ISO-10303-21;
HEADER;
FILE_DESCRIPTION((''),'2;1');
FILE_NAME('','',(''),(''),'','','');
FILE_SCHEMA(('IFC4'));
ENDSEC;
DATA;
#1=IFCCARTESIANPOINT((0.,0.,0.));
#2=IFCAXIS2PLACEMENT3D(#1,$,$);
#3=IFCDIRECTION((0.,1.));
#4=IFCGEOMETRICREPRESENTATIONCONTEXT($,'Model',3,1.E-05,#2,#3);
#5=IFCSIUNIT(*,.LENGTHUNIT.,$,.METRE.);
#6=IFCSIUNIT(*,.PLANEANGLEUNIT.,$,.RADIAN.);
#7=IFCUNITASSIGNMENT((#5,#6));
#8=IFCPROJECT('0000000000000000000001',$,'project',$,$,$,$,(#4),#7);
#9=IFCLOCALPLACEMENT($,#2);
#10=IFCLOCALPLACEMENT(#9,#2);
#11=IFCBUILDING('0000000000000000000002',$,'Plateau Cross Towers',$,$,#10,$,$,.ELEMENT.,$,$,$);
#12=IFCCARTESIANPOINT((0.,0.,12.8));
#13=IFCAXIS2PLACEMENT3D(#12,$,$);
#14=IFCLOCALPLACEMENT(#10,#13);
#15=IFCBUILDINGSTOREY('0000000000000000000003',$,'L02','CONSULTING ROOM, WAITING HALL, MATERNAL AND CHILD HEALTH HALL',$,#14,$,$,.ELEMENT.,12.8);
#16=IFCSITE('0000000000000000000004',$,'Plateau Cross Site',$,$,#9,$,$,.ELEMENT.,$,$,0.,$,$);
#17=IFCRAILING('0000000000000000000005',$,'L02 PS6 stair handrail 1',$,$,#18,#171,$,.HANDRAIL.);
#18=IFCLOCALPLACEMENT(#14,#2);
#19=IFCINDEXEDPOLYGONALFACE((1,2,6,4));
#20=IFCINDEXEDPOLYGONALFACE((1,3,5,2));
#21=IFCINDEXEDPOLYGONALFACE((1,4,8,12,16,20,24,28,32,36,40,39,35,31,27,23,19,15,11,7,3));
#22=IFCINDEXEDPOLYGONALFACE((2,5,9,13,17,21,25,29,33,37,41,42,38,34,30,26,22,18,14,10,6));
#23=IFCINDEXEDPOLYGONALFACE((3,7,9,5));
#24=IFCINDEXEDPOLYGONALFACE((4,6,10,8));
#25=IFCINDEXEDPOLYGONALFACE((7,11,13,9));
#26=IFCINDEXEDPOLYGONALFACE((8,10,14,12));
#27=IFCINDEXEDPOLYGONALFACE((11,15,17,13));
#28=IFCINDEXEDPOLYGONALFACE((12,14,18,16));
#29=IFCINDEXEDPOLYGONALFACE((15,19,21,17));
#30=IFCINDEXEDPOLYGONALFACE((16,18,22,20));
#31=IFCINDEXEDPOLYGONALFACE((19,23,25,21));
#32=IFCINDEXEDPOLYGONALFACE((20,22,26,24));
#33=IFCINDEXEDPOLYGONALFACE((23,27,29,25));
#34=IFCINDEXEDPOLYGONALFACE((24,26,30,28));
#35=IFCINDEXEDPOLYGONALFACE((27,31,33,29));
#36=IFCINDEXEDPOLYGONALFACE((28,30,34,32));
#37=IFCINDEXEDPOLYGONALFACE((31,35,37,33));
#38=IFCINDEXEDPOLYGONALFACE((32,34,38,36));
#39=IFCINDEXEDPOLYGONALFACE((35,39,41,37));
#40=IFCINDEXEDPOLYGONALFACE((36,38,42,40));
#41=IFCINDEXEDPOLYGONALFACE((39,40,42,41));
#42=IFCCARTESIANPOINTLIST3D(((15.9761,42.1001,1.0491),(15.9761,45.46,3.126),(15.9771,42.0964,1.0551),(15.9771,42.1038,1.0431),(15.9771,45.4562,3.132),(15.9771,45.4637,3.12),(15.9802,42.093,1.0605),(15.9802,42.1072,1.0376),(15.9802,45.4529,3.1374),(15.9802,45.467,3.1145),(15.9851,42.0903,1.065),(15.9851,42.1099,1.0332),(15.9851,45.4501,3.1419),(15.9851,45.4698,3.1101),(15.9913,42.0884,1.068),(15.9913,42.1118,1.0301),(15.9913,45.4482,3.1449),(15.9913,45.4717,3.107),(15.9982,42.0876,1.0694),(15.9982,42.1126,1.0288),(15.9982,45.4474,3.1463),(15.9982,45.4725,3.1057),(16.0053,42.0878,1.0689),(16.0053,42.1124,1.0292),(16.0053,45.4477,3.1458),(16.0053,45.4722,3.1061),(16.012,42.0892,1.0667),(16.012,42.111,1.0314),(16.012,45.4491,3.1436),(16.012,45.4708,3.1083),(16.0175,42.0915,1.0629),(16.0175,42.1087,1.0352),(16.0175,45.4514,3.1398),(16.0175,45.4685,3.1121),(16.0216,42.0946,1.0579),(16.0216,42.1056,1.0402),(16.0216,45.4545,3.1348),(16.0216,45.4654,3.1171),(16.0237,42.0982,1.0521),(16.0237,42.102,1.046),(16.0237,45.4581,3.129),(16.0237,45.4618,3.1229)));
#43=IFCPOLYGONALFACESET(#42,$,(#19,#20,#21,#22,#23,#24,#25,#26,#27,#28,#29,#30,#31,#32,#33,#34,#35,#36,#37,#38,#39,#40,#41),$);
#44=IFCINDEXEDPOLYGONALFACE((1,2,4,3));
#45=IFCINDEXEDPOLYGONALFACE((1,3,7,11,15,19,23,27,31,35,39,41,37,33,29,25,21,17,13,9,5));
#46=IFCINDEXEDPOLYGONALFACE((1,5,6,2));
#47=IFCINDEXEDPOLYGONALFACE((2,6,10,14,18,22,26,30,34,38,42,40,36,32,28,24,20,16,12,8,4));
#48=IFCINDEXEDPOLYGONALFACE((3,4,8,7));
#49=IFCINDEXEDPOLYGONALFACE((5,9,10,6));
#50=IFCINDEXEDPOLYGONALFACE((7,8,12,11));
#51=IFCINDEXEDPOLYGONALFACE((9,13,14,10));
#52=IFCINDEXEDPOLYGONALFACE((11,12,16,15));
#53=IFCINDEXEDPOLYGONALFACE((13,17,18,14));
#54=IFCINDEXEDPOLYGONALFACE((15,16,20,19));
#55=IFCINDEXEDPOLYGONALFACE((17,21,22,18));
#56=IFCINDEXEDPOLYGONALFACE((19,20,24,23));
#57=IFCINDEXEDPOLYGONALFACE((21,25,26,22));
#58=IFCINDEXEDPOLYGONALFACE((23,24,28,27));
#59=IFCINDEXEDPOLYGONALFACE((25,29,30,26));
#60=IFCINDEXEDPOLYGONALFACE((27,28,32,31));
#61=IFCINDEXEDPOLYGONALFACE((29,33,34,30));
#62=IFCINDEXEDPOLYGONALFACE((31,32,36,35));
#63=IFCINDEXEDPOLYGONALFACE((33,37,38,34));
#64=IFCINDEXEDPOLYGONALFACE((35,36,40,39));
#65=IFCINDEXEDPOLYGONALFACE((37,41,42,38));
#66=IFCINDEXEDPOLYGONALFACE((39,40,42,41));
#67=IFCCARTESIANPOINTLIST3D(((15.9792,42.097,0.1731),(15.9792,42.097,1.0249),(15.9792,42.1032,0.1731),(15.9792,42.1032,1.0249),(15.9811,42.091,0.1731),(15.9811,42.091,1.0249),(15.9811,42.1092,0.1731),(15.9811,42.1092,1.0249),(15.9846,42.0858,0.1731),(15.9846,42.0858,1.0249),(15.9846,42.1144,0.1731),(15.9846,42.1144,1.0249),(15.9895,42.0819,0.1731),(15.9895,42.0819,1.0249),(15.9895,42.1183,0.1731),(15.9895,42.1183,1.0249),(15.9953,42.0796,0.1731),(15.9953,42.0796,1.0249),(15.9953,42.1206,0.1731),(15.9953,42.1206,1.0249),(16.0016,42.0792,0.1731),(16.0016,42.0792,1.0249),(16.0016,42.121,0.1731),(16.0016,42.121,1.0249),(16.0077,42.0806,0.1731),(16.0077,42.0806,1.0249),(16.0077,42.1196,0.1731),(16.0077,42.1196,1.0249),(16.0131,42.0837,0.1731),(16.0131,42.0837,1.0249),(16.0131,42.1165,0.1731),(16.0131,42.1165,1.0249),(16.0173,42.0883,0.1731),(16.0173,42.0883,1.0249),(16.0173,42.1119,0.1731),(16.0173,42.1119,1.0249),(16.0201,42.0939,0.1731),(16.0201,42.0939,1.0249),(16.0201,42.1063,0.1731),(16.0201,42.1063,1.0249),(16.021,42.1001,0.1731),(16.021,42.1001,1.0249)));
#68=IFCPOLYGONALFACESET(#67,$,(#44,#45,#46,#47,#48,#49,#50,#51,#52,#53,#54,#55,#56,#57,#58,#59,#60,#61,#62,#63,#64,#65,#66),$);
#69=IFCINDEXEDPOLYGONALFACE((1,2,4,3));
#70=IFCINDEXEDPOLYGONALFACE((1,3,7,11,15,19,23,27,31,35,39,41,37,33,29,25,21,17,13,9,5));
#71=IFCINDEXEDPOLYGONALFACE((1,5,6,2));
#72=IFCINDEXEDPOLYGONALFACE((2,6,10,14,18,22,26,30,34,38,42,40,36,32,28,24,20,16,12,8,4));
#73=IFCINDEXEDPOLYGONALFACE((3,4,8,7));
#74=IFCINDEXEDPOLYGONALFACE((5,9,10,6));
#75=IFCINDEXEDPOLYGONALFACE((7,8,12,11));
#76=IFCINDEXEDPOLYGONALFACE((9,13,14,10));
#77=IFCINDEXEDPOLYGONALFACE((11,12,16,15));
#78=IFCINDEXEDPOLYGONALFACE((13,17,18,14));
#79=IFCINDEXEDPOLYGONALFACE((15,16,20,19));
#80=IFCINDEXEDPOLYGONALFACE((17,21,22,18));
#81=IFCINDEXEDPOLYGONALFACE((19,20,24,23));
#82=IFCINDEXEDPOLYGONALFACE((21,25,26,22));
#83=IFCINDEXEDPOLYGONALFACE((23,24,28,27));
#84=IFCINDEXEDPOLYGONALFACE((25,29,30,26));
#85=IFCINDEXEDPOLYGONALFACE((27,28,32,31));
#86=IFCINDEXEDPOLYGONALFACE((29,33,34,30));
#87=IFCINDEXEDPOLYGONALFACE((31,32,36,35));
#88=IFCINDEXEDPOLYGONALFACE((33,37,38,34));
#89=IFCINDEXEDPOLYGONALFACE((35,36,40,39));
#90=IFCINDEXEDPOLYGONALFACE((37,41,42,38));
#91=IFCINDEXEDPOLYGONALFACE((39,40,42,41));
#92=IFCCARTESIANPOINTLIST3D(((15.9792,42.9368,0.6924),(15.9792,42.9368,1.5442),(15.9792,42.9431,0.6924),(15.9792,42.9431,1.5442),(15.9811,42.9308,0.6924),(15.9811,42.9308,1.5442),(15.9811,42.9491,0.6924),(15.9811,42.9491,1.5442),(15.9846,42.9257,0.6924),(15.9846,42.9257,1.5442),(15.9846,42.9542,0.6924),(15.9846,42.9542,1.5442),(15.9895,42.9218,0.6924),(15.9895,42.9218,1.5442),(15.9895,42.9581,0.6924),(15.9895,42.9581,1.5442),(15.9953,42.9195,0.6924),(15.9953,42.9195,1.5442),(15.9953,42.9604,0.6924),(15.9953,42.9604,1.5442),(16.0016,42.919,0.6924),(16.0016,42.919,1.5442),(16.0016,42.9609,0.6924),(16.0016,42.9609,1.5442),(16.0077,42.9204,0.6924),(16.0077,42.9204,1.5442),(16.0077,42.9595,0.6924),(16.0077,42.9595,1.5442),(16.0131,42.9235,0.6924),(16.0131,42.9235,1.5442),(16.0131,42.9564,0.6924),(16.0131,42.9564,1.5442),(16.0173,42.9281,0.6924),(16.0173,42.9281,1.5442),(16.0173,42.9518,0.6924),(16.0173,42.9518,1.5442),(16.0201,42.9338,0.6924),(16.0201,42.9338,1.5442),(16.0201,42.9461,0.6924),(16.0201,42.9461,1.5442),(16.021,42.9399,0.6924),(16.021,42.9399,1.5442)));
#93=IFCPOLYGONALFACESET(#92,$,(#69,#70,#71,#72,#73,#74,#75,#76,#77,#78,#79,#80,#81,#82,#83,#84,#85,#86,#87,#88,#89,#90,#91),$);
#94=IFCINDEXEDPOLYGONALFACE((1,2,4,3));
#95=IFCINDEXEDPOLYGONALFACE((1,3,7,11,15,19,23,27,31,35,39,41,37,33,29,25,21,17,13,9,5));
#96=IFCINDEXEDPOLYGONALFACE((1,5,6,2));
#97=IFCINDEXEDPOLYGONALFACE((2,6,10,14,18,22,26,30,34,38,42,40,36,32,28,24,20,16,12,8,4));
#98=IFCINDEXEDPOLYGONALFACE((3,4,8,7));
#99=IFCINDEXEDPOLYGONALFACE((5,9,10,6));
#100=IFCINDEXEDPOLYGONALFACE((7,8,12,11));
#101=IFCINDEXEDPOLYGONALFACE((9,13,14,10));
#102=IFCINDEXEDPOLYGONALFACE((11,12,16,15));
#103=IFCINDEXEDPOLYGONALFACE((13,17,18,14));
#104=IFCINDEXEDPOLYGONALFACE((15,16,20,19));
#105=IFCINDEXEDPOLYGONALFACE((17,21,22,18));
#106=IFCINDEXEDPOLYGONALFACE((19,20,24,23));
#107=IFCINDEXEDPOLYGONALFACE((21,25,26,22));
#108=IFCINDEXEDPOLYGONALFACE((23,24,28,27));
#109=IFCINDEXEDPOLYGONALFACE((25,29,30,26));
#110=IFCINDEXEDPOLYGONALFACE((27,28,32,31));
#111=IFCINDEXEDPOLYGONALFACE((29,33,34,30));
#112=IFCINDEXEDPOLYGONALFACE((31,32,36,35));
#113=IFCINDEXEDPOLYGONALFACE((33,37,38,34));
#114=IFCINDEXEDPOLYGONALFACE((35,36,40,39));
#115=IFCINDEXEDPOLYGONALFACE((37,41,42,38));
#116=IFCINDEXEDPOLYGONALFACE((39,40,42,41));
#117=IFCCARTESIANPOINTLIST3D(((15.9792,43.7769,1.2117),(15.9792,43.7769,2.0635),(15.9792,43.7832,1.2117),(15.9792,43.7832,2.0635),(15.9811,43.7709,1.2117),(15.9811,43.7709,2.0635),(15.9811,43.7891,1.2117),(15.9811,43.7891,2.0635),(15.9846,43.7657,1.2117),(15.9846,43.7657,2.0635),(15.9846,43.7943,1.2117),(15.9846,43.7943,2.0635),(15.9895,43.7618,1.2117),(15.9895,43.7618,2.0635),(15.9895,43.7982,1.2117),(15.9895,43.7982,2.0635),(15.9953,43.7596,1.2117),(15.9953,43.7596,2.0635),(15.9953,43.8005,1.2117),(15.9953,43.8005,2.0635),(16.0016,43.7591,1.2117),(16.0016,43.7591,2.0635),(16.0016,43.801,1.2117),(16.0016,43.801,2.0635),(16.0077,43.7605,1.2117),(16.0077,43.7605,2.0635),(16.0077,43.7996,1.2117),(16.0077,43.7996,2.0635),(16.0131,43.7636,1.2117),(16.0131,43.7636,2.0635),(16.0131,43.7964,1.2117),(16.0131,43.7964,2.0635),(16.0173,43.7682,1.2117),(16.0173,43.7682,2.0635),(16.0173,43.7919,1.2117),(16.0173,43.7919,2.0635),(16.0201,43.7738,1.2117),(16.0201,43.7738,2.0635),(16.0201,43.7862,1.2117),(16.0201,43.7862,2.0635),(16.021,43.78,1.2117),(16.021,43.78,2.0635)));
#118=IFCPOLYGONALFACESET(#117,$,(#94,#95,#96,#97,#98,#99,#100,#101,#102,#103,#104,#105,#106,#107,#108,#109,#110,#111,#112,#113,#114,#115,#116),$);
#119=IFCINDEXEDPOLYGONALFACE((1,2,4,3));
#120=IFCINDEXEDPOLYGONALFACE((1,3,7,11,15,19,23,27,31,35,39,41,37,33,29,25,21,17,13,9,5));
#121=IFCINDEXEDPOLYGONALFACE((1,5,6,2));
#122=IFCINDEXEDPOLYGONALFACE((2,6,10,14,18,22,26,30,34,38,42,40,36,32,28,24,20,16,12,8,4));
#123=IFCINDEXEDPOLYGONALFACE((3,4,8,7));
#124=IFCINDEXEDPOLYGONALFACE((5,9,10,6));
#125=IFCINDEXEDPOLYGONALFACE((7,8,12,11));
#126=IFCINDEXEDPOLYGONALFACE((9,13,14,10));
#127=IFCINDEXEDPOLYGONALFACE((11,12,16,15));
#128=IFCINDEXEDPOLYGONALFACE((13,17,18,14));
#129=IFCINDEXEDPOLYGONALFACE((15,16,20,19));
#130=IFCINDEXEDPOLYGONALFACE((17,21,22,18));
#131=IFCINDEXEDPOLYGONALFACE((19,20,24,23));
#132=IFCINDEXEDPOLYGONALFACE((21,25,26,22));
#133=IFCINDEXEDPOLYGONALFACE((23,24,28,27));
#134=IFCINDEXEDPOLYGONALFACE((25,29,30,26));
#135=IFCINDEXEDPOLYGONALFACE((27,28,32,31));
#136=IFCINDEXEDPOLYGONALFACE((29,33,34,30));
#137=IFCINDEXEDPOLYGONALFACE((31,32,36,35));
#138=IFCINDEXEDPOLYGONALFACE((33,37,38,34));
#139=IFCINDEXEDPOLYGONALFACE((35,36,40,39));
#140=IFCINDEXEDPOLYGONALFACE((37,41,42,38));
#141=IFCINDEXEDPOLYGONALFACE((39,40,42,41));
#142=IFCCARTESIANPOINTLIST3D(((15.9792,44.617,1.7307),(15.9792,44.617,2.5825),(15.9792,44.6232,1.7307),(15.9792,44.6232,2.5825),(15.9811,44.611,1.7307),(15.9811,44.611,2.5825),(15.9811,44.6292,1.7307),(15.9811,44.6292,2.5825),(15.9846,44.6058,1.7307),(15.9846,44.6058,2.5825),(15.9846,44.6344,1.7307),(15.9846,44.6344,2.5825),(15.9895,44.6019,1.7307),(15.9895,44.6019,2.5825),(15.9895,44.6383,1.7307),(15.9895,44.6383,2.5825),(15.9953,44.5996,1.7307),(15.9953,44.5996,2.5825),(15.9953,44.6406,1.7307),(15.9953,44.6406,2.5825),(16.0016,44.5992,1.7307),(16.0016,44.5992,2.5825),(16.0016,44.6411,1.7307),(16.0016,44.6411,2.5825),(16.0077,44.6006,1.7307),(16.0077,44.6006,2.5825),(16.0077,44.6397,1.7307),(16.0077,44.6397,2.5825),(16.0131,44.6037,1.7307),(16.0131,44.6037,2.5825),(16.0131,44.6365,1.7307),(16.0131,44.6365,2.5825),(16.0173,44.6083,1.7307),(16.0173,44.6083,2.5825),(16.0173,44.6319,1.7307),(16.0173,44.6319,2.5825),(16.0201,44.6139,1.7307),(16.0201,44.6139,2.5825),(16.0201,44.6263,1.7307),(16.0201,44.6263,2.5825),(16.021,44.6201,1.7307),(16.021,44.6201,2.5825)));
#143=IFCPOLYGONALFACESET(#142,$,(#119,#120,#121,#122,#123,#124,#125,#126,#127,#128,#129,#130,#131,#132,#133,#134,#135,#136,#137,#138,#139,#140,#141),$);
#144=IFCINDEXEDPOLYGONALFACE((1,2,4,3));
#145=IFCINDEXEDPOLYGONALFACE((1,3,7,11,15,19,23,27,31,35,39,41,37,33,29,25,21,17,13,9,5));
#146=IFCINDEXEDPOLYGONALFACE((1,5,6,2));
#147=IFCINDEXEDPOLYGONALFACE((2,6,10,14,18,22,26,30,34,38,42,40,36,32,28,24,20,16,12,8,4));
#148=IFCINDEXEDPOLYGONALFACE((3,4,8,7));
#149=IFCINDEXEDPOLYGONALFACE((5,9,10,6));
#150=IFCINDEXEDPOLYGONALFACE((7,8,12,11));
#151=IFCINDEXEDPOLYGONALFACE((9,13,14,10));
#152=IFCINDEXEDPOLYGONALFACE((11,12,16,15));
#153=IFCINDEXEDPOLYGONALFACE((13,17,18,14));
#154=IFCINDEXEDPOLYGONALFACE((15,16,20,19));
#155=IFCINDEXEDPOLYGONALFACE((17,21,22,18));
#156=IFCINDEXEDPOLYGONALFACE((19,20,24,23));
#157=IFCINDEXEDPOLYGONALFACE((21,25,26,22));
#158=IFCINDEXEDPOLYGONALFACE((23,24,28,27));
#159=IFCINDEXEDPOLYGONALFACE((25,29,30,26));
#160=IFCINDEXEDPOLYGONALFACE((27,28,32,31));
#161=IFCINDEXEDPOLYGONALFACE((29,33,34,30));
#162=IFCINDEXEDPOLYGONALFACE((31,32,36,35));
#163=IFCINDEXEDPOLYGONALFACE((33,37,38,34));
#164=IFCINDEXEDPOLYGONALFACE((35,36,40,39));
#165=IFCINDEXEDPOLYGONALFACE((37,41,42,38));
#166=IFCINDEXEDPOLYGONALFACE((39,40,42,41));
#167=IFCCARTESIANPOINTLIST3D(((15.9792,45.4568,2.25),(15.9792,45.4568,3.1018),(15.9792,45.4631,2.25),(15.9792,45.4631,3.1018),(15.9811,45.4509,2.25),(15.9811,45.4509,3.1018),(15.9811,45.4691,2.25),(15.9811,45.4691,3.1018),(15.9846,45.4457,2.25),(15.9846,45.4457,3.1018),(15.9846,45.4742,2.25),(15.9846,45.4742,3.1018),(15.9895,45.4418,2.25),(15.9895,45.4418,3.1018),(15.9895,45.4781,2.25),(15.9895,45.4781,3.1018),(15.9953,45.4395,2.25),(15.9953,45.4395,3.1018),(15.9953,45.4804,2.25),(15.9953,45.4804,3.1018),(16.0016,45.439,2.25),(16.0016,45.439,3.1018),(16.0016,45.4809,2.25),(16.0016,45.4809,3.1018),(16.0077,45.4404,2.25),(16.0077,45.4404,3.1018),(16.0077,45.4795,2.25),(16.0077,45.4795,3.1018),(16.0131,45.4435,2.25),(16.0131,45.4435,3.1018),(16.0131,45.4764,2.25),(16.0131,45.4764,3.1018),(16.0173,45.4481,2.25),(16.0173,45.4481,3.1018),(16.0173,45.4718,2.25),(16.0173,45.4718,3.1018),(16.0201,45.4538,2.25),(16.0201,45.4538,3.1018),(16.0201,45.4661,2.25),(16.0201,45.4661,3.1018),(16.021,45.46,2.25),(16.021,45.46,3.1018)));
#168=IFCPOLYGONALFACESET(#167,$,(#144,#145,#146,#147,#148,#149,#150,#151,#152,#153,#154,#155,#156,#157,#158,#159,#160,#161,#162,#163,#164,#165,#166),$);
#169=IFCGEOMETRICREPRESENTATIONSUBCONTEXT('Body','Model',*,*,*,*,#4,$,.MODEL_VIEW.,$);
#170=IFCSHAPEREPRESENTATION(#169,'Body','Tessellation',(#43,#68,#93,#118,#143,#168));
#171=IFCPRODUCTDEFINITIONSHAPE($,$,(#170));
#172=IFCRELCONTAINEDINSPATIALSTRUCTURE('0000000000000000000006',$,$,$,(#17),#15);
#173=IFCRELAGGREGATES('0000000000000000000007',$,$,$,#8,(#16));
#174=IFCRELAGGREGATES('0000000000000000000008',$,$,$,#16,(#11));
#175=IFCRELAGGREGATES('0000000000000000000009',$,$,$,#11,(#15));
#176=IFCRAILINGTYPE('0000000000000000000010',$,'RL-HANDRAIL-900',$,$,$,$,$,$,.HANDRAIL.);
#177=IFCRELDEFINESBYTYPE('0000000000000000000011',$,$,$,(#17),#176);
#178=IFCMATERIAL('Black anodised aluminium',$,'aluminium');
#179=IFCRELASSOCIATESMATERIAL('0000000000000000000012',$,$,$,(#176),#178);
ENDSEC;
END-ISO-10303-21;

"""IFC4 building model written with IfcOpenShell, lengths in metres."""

from ifc_helpers import new_model, si_unit, direction, frame, origin, origin_2d, place, context, subcontext, project, spatial, circle, extrude, material, type_object, element, save


model = new_model("IFC4")

# Units and contexts
model_context = context("Model", 3, precision=1e-05, world=origin(), true_north=direction((0.0, 1.0)))
body_context = subcontext(model_context, "Body", "Model", "MODEL_VIEW")
ifc_project = project(units=[si_unit("LENGTHUNIT", "METRE"), si_unit("PLANEANGLEUNIT", "RADIAN")], contexts=[model_context])

# Site, building, storey
site_placement = place(None, origin())
site = spatial("IfcSite", under=ifc_project, at=site_placement, Name="Plateau Cross Site", CompositionType="ELEMENT", RefElevation=0.0)
building_placement = place(site_placement, origin())
building = spatial("IfcBuilding", under=site, at=building_placement, Name="Plateau Cross Towers", CompositionType="ELEMENT")
storey_placement = place(building_placement, frame((0.0, 0.0, 12.8)))
storey = spatial("IfcBuildingStorey", under=building, at=storey_placement, Name="L02", Description="CONSULTING ROOM, WAITING HALL, MATERNAL AND CHILD HEALTH HALL", CompositionType="ELEMENT", Elevation=12.8)

# Shared definitions
ifc_material_1 = material(Name="Black anodised aluminium", Category="aluminium")

# Railing
railing_type_1 = type_object("IfcRailingType", Name="RL-HANDRAIL-900", PredefinedType="HANDRAIL", material=ifc_material_1)
railing_1_placement = place(storey_placement, frame((16.0, 42.1001, 0.1731)))
element("IfcRailing", 1, at=railing_1_placement, inside=storey, type_object=railing_type_1, Name="L02 PS6 stair handrail 1", PredefinedType="HANDRAIL", context=body_context, shape_type="SweptSolid", body=[
    extrude(circle(Radius=0.0239, at=origin_2d()), frame((0.0, 0.0, 0.876), z_axis=(0.0, 0.850606, 0.525803), x_axis=(-1.0, 0.0, 0.0)), (0.0, 0.0, 1.0), 3.95),
    extrude(circle(Radius=0.021, at=origin_2d()), origin(), (0.0, 0.0, 1.0), 0.8518),
    extrude(circle(Radius=0.021, at=origin_2d()), frame((0.0, 0.8398, 0.5193)), (0.0, 0.0, 1.0), 0.8518),
    extrude(circle(Radius=0.021, at=origin_2d()), frame((0.0, 1.6799, 1.0386)), (0.0, 0.0, 1.0), 0.8518),
    extrude(circle(Radius=0.021, at=origin_2d()), frame((0.0, 2.52, 1.5576)), (0.0, 0.0, 1.0), 0.8518),
    extrude(circle(Radius=0.021, at=origin_2d()), frame((0.0, 3.3599, 2.0769)), (0.0, 0.0, 1.0), 0.8518),
])

save(model, "model.ifc")
